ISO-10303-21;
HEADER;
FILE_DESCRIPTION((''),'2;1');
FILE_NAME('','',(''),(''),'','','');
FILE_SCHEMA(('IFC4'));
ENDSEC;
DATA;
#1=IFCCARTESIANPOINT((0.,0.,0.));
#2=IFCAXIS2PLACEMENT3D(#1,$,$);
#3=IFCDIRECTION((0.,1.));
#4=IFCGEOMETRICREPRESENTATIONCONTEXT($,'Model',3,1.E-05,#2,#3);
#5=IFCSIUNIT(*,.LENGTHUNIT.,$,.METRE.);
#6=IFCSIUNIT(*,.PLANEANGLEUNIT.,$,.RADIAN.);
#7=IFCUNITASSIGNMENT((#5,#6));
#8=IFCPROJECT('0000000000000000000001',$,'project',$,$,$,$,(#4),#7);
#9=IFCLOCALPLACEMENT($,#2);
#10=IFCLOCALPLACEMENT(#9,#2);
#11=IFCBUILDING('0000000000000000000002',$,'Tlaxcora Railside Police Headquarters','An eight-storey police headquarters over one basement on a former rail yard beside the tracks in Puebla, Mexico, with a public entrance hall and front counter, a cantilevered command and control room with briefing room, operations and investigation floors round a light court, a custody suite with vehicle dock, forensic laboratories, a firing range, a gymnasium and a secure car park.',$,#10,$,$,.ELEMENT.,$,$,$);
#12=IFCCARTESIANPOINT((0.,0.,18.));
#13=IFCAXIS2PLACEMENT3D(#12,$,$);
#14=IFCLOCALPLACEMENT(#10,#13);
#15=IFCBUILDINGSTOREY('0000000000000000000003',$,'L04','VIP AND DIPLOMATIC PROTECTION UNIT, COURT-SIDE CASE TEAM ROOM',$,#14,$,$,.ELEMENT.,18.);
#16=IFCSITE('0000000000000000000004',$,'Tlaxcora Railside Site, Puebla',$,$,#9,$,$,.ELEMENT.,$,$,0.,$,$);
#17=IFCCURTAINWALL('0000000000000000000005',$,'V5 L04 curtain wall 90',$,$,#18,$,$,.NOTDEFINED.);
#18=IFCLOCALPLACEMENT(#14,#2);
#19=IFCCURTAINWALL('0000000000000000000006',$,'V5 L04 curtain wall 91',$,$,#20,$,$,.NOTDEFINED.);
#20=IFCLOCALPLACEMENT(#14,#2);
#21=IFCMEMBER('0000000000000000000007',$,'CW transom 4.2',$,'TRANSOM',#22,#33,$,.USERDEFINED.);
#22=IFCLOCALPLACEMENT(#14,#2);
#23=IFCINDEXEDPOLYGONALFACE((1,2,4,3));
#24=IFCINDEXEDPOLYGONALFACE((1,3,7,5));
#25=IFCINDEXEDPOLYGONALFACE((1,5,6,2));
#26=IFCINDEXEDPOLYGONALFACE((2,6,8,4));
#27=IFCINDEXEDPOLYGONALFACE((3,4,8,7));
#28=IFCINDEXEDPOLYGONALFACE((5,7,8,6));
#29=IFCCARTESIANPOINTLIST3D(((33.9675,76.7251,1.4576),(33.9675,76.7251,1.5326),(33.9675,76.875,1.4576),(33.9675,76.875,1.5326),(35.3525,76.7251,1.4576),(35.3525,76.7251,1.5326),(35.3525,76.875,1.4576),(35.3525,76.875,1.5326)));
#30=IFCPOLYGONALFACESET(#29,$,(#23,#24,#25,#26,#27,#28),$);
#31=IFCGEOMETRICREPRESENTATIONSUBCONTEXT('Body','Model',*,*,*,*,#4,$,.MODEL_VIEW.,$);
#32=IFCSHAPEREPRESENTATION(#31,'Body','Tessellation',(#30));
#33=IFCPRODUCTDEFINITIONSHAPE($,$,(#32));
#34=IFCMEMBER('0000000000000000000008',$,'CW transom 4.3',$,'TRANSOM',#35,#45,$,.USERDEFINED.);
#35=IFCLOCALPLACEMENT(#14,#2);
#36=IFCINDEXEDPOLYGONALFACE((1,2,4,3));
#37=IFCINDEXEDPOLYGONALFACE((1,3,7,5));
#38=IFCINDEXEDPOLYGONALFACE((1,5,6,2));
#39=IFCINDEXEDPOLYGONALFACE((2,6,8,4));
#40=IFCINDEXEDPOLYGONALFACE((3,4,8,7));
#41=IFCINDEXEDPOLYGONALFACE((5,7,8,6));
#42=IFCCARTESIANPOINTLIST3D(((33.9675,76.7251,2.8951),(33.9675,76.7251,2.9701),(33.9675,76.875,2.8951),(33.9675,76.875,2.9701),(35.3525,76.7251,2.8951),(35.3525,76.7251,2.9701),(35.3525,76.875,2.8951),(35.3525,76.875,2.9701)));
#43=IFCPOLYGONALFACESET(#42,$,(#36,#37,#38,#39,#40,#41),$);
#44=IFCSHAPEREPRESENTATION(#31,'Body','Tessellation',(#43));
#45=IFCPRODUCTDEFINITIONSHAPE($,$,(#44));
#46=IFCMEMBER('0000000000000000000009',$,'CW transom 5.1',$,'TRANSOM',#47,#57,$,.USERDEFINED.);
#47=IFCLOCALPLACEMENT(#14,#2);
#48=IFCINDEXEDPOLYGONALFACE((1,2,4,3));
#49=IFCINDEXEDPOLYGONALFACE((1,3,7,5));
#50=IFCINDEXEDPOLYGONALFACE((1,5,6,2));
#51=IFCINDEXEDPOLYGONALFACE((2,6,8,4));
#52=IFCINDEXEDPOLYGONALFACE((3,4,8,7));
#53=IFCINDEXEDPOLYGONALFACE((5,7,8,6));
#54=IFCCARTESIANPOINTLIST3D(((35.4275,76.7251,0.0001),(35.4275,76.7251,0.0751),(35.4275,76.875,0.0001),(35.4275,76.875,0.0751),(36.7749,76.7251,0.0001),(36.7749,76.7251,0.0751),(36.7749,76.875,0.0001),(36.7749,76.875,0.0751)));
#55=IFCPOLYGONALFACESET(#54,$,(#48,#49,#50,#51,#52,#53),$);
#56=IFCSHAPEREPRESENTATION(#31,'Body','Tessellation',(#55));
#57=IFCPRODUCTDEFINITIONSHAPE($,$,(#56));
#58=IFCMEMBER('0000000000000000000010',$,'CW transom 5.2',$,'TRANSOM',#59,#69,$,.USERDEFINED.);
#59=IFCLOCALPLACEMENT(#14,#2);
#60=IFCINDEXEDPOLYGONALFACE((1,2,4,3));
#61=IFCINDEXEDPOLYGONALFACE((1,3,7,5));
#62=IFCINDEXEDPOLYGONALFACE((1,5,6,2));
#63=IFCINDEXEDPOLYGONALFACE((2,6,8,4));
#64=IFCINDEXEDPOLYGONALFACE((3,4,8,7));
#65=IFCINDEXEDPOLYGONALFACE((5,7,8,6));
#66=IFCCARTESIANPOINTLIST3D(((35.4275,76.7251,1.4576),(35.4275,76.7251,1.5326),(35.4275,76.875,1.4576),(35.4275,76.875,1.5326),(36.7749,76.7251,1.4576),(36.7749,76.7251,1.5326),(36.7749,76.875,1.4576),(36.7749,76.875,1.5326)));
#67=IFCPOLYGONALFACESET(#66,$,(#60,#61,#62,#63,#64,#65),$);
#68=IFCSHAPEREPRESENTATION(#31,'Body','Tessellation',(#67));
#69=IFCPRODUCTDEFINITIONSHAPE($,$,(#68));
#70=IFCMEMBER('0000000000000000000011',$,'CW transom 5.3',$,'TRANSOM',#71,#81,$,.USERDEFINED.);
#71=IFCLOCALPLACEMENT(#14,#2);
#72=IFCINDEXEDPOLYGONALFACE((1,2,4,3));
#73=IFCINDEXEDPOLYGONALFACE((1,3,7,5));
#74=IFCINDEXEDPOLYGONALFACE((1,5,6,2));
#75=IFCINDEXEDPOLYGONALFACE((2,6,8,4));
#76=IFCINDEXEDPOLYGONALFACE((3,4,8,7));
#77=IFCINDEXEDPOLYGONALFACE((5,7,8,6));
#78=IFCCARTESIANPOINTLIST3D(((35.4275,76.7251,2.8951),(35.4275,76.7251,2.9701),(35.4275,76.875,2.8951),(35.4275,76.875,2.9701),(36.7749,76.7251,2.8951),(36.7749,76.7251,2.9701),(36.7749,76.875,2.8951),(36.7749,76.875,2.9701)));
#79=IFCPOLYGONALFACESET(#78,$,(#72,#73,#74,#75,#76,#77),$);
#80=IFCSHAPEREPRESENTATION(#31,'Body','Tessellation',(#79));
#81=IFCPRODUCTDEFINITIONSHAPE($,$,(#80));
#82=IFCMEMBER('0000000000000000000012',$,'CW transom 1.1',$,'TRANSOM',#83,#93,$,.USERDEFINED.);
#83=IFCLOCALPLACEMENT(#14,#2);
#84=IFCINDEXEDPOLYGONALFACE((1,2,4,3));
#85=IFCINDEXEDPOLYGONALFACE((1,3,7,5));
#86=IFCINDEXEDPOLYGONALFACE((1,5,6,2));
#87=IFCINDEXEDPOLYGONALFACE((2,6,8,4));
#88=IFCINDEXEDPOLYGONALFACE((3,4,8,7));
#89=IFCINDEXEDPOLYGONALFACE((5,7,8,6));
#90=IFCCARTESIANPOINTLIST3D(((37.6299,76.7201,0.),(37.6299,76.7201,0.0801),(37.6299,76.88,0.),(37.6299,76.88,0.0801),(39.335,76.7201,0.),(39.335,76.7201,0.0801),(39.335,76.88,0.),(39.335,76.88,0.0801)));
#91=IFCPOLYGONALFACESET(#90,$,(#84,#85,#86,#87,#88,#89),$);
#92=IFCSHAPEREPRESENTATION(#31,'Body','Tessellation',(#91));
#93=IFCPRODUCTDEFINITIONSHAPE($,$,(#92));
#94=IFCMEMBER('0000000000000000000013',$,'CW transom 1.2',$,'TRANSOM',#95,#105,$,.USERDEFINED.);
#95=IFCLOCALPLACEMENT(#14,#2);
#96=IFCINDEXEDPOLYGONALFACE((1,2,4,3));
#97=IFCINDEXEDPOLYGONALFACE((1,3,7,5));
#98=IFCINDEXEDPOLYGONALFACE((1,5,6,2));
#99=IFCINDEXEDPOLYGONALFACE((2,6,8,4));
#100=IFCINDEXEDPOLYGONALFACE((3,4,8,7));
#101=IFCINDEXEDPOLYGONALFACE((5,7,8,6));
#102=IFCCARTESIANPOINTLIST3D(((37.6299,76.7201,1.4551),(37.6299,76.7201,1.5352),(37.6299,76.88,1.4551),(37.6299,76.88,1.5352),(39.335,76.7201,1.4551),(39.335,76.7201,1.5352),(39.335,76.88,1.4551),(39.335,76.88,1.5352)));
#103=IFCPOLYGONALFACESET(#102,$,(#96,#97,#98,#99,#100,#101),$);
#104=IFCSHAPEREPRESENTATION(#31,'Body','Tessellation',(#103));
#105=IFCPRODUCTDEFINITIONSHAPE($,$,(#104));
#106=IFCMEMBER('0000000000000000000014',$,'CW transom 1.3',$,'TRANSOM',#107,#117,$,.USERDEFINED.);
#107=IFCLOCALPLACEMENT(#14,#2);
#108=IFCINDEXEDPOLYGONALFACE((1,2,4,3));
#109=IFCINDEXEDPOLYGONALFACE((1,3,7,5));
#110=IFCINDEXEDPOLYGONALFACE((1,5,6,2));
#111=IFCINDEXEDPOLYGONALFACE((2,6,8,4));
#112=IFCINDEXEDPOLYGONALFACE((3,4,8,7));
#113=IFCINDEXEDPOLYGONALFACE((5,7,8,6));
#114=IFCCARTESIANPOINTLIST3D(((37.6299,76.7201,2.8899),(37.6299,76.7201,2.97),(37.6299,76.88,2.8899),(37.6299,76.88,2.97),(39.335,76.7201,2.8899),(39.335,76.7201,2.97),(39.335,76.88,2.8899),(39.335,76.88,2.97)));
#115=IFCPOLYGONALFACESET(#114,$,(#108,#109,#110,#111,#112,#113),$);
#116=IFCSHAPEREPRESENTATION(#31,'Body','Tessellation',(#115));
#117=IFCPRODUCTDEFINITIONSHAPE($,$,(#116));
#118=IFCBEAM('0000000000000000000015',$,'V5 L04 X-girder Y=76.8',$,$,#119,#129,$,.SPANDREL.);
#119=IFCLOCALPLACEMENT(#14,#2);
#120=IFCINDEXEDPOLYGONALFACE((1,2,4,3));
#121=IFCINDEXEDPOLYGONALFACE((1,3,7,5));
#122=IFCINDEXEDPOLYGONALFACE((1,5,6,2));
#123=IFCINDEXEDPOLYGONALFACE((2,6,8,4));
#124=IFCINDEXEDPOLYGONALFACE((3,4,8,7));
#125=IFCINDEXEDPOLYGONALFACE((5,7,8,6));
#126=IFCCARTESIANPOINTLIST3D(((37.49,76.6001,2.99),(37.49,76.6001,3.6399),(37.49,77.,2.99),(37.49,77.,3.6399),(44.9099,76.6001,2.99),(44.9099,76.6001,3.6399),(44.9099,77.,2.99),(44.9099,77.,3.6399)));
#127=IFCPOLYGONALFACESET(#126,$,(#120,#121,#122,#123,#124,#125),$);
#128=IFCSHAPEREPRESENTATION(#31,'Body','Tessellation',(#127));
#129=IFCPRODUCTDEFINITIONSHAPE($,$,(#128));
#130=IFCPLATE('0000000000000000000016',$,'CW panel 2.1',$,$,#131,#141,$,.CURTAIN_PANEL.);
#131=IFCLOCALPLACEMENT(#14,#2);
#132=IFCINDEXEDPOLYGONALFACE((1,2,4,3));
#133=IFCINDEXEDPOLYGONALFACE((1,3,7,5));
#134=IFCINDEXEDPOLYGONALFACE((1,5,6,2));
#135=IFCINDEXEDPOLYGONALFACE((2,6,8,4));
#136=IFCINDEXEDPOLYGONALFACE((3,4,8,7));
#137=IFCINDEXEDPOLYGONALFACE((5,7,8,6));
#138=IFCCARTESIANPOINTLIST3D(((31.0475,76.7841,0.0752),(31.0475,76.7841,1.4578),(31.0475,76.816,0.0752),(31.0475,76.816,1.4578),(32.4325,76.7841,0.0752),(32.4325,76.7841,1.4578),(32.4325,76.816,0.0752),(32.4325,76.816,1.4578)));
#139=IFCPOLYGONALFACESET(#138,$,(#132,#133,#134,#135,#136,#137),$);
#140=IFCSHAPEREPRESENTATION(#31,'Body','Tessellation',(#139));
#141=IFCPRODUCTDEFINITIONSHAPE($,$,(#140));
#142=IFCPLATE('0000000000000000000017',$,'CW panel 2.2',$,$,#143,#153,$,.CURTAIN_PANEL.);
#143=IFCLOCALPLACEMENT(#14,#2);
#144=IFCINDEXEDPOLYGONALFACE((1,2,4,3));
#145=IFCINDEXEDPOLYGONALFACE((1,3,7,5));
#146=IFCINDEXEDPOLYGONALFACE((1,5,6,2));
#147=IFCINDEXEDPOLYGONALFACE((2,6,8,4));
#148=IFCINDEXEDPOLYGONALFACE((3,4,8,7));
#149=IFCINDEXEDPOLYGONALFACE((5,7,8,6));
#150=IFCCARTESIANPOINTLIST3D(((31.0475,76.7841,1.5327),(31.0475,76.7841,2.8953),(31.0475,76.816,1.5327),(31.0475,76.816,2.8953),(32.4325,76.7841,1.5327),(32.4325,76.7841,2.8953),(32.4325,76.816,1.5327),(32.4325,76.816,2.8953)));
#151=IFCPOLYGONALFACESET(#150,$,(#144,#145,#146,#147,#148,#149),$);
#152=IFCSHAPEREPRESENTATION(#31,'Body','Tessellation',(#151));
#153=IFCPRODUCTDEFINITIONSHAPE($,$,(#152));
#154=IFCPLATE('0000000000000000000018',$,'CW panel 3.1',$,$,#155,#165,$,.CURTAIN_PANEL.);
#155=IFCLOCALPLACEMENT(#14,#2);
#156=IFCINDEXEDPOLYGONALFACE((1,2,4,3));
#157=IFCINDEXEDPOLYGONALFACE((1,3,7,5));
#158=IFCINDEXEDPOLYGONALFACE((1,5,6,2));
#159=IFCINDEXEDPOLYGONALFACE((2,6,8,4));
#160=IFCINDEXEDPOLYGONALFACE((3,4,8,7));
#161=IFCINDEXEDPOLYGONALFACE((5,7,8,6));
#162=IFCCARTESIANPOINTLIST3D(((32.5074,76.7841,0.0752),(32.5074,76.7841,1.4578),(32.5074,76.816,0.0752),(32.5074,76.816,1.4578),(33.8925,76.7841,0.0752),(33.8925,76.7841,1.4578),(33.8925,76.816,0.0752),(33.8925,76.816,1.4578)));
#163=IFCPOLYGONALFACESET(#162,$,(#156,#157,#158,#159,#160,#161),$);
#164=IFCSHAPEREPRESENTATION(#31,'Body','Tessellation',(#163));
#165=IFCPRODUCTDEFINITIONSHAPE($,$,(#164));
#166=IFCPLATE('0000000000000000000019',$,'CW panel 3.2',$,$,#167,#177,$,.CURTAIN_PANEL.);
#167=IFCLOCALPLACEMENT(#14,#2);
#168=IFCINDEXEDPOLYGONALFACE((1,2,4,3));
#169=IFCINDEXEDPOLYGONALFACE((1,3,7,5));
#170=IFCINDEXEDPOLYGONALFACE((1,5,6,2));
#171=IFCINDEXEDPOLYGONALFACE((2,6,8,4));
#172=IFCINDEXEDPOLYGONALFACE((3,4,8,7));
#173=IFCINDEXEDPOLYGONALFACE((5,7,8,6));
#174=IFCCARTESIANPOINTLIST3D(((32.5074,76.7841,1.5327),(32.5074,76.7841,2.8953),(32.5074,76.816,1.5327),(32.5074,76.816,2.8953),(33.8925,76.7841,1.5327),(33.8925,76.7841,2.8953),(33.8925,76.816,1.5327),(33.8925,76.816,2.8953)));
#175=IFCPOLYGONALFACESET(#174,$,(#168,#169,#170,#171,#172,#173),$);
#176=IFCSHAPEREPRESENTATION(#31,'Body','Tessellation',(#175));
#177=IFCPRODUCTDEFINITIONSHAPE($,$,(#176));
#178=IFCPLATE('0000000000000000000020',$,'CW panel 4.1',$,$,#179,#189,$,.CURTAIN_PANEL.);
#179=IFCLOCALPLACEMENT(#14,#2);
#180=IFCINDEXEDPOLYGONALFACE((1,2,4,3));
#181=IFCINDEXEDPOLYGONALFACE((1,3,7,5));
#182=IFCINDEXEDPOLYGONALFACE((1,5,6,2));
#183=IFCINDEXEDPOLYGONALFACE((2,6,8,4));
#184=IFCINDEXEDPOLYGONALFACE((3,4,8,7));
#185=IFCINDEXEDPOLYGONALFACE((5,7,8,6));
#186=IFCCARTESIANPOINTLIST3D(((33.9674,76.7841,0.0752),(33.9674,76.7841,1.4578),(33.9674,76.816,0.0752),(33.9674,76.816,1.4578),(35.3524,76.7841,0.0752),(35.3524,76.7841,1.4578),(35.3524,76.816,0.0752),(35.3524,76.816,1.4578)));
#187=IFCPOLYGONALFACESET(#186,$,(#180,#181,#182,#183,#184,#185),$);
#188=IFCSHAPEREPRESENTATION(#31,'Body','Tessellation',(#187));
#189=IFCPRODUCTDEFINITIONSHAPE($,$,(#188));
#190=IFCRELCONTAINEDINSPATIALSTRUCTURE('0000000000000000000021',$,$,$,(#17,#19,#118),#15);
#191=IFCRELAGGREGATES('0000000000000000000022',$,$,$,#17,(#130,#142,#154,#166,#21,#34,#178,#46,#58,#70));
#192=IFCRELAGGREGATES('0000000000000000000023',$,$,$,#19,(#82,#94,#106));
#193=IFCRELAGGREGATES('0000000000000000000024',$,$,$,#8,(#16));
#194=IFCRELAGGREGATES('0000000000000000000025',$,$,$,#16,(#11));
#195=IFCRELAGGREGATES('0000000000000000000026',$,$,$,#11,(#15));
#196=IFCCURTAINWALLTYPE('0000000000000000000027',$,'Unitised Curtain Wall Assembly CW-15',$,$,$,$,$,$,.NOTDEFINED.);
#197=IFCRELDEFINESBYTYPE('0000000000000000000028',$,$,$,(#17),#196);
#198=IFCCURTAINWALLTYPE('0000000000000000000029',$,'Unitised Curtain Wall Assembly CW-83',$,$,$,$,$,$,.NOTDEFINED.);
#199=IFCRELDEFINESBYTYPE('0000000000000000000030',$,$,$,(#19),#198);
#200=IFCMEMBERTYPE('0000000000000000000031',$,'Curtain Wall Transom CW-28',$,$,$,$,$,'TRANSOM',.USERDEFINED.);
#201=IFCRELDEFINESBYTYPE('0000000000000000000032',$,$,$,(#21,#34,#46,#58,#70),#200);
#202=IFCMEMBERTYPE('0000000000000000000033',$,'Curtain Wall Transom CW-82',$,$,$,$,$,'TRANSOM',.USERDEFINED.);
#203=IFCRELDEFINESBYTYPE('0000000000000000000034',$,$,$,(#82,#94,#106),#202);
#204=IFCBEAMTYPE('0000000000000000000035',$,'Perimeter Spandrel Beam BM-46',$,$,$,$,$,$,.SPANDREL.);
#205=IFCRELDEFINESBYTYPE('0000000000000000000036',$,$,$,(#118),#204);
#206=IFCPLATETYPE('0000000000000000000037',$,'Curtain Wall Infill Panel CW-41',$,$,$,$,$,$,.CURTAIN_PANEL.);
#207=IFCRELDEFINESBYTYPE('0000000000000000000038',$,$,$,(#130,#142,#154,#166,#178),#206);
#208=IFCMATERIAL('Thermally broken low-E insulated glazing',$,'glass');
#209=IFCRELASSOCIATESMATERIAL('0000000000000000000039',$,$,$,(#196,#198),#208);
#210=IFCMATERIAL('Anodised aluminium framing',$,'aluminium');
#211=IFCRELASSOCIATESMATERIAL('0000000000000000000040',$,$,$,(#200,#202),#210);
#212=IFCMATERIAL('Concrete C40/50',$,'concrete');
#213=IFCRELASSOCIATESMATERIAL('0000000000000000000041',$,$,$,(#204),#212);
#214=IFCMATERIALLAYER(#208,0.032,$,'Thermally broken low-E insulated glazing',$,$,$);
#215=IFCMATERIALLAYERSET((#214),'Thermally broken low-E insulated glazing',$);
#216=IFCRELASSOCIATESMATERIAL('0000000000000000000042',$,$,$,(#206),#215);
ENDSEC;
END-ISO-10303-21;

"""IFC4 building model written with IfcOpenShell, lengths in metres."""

from ifc_helpers import new_model, si_unit, direction, frame, origin, origin_2d, place, context, subcontext, project, spatial, rectangle, extrude, material, layer, layer_set, material_profile, profile_set, type_object, element, aggregate, save


model = new_model("IFC4")

# Units and contexts
model_context = context("Model", 3, precision=1e-05, world=origin(), true_north=direction((0.0, 1.0)))
body_context = subcontext(model_context, "Body", "Model", "MODEL_VIEW")
ifc_project = project(units=[si_unit("LENGTHUNIT", "METRE"), si_unit("PLANEANGLEUNIT", "RADIAN")], contexts=[model_context])

# Site, building, storey
site_placement = place(None, origin())
site = spatial("IfcSite", under=ifc_project, at=site_placement, Name="Tlaxcora Railside Site, Puebla", CompositionType="ELEMENT", RefElevation=0.0)
building_placement = place(site_placement, origin())
building = spatial("IfcBuilding", under=site, at=building_placement, Name="Tlaxcora Railside Police Headquarters", Description="An eight-storey police headquarters over one basement on a former rail yard beside the tracks in Puebla, Mexico, with a public entrance hall and front counter, a cantilevered command and control room with briefing room, operations and investigation floors round a light court, a custody suite with vehicle dock, forensic laboratories, a firing range, a gymnasium and a secure car park.", CompositionType="ELEMENT")
storey_placement = place(building_placement, frame((0.0, 0.0, 18.0)))
storey = spatial("IfcBuildingStorey", under=building, at=storey_placement, Name="L04", Description="VIP AND DIPLOMATIC PROTECTION UNIT, COURT-SIDE CASE TEAM ROOM", CompositionType="ELEMENT", Elevation=18.0)

# Shared definitions
ifc_material_1 = material(Name="Concrete C40/50", Category="concrete")

# Curtain wall
ifc_material_2 = material(Name="Thermally broken low-E insulated glazing", Category="glass")
curtain_wall_type_1 = type_object("IfcCurtainWallType", Name="Unitised Curtain Wall Assembly CW-15", PredefinedType="NOTDEFINED", material=ifc_material_2)
curtain_wall_1_placement = place(storey_placement, origin())
curtain_wall_1 = element("IfcCurtainWall", 1, at=curtain_wall_1_placement, inside=storey, type_object=curtain_wall_type_1, Name="V5 L04 curtain wall 90", PredefinedType="NOTDEFINED")
ifc_material_3 = material(Name="Anodised aluminium framing", Category="aluminium")

# Curtain wall
curtain_wall_type_2 = type_object("IfcCurtainWallType", Name="Unitised Curtain Wall Assembly CW-83", PredefinedType="NOTDEFINED", material=ifc_material_2)
curtain_wall_2_placement = place(storey_placement, origin())
curtain_wall_2 = element("IfcCurtainWall", 2, at=curtain_wall_2_placement, inside=storey, type_object=curtain_wall_type_2, Name="V5 L04 curtain wall 91", PredefinedType="NOTDEFINED")

# Members
ifc_material_profile_1 = material_profile(ifc_material_3, rectangle(XDim=0.1499, YDim=0.075, at=origin_2d()), Name="AL75X150")
ifc_profile_set_1 = profile_set([ifc_material_profile_1], Name="Anodised aluminium framing")
member_type_1 = type_object("IfcMemberType", Name="Curtain Wall Transom CW-28", ElementType="TRANSOM", PredefinedType="USERDEFINED", material=ifc_profile_set_1)
member_1_placement = place(storey_placement, frame((33.9675, 76.8, 1.4951), z_axis=(1.0, 0.0, 0.0), x_axis=(0.0, 1.0, 0.0)))
member_1 = element("IfcMember", 3, at=member_1_placement, type_object=member_type_1, Name="CW transom 4.2", ObjectType="TRANSOM", PredefinedType="USERDEFINED", context=body_context, shape_type="SweptSolid", body=[
    extrude(rectangle(XDim=0.1499, YDim=0.075, at=origin_2d()), origin(), (0.0, 0.0, 1.0), 1.385),
])
member_2_placement = place(storey_placement, frame((33.9675, 76.8, 2.9326), z_axis=(1.0, 0.0, 0.0), x_axis=(0.0, 1.0, 0.0)))
member_2 = element("IfcMember", 4, at=member_2_placement, type_object=member_type_1, Name="CW transom 4.3", ObjectType="TRANSOM", PredefinedType="USERDEFINED", context=body_context, shape_type="SweptSolid", body=[
    extrude(rectangle(XDim=0.1499, YDim=0.075, at=origin_2d()), origin(), (0.0, 0.0, 1.0), 1.385),
])
member_3_placement = place(storey_placement, frame((35.4275, 76.8, 0.0376), z_axis=(1.0, 0.0, 0.0), x_axis=(0.0, 1.0, 0.0)))
member_3 = element("IfcMember", 5, at=member_3_placement, type_object=member_type_1, Name="CW transom 5.1", ObjectType="TRANSOM", PredefinedType="USERDEFINED", context=body_context, shape_type="SweptSolid", body=[
    extrude(rectangle(XDim=0.1499, YDim=0.075, at=origin_2d()), origin(), (0.0, 0.0, 1.0), 1.3474),
])
member_4_placement = place(storey_placement, frame((35.4275, 76.8, 1.4951), z_axis=(1.0, 0.0, 0.0), x_axis=(0.0, 1.0, 0.0)))
member_4 = element("IfcMember", 6, at=member_4_placement, type_object=member_type_1, Name="CW transom 5.2", ObjectType="TRANSOM", PredefinedType="USERDEFINED", context=body_context, shape_type="SweptSolid", body=[
    extrude(rectangle(XDim=0.1499, YDim=0.075, at=origin_2d()), origin(), (0.0, 0.0, 1.0), 1.3474),
])
member_5_placement = place(storey_placement, frame((35.4275, 76.8, 2.9326), z_axis=(1.0, 0.0, 0.0), x_axis=(0.0, 1.0, 0.0)))
member_5 = element("IfcMember", 7, at=member_5_placement, type_object=member_type_1, Name="CW transom 5.3", ObjectType="TRANSOM", PredefinedType="USERDEFINED", context=body_context, shape_type="SweptSolid", body=[
    extrude(rectangle(XDim=0.1499, YDim=0.075, at=origin_2d()), origin(), (0.0, 0.0, 1.0), 1.3474),
])
ifc_material_profile_2 = material_profile(ifc_material_3, rectangle(XDim=0.1599, YDim=0.0801, at=origin_2d()), Name="AL80X160")
ifc_profile_set_2 = profile_set([ifc_material_profile_2], Name="Anodised aluminium framing")
member_type_2 = type_object("IfcMemberType", Name="Curtain Wall Transom CW-82", ElementType="TRANSOM", PredefinedType="USERDEFINED", material=ifc_profile_set_2)
member_6_placement = place(storey_placement, frame((37.6299, 76.8, 0.04), z_axis=(1.0, 0.0, 0.0), x_axis=(0.0, 1.0, 0.0)))
member_6 = element("IfcMember", 8, at=member_6_placement, type_object=member_type_2, Name="CW transom 1.1", ObjectType="TRANSOM", PredefinedType="USERDEFINED", context=body_context, shape_type="SweptSolid", body=[
    extrude(rectangle(XDim=0.1599, YDim=0.0801, at=origin_2d()), origin(), (0.0, 0.0, 1.0), 1.7051),
])
member_7_placement = place(storey_placement, frame((37.6299, 76.8, 1.4951), z_axis=(1.0, 0.0, 0.0), x_axis=(0.0, 1.0, 0.0)))
member_7 = element("IfcMember", 9, at=member_7_placement, type_object=member_type_2, Name="CW transom 1.2", ObjectType="TRANSOM", PredefinedType="USERDEFINED", context=body_context, shape_type="SweptSolid", body=[
    extrude(rectangle(XDim=0.1599, YDim=0.0801, at=origin_2d()), origin(), (0.0, 0.0, 1.0), 1.7051),
])
member_8_placement = place(storey_placement, frame((37.6299, 76.8, 2.9299), z_axis=(1.0, 0.0, 0.0), x_axis=(0.0, 1.0, 0.0)))
member_8 = element("IfcMember", 10, at=member_8_placement, type_object=member_type_2, Name="CW transom 1.3", ObjectType="TRANSOM", PredefinedType="USERDEFINED", context=body_context, shape_type="SweptSolid", body=[
    extrude(rectangle(XDim=0.1599, YDim=0.0801, at=origin_2d()), origin(), (0.0, 0.0, 1.0), 1.7051),
])

# Beam
ifc_material_profile_3 = material_profile(ifc_material_1, rectangle(XDim=0.3999, YDim=0.6499, at=origin_2d()), Name="RC400X650")
ifc_profile_set_3 = profile_set([ifc_material_profile_3], Name="Concrete C40/50")
beam_type = type_object("IfcBeamType", Name="Perimeter Spandrel Beam BM-46", PredefinedType="SPANDREL", material=ifc_profile_set_3)
beam_placement = place(storey_placement, frame((37.49, 76.8, 3.3149), z_axis=(1.0, 0.0, 0.0), x_axis=(0.0, 1.0, 0.0)))
element("IfcBeam", 11, at=beam_placement, inside=storey, type_object=beam_type, Name="V5 L04 X-girder Y=76.8", PredefinedType="SPANDREL", context=body_context, shape_type="SweptSolid", body=[
    extrude(rectangle(XDim=0.3999, YDim=0.6499, at=origin_2d()), origin(), (0.0, 0.0, 1.0), 7.4199),
])

# Plates
ifc_layer_1 = layer(ifc_material_2, 0.032, Name="Thermally broken low-E insulated glazing")
ifc_layer_set_1 = layer_set([ifc_layer_1], Name="Thermally broken low-E insulated glazing")
plate_type_1 = type_object("IfcPlateType", Name="Curtain Wall Infill Panel CW-41", PredefinedType="CURTAIN_PANEL", material=ifc_layer_set_1)
plate_1_placement = place(storey_placement, frame((31.74, 76.8, 0.0752), z_axis=(0.0, 0.0, 1.0), x_axis=(1.0, 0.0, 0.0)))
plate_1 = element("IfcPlate", 12, at=plate_1_placement, type_object=plate_type_1, Name="CW panel 2.1", PredefinedType="CURTAIN_PANEL", context=body_context, shape_type="SweptSolid", body=[
    extrude(rectangle(XDim=1.385, YDim=0.032, at=origin_2d()), origin(), (0.0, 0.0, 1.0), 1.3826),
])
plate_2_placement = place(storey_placement, frame((31.74, 76.8, 1.5327), z_axis=(0.0, 0.0, 1.0), x_axis=(1.0, 0.0, 0.0)))
plate_2 = element("IfcPlate", 13, at=plate_2_placement, type_object=plate_type_1, Name="CW panel 2.2", PredefinedType="CURTAIN_PANEL", context=body_context, shape_type="SweptSolid", body=[
    extrude(rectangle(XDim=1.385, YDim=0.032, at=origin_2d()), origin(), (0.0, 0.0, 1.0), 1.3625),
])
plate_3_placement = place(storey_placement, frame((33.2, 76.8, 0.0752), z_axis=(0.0, 0.0, 1.0), x_axis=(1.0, 0.0, 0.0)))
plate_3 = element("IfcPlate", 14, at=plate_3_placement, type_object=plate_type_1, Name="CW panel 3.1", PredefinedType="CURTAIN_PANEL", context=body_context, shape_type="SweptSolid", body=[
    extrude(rectangle(XDim=1.385, YDim=0.032, at=origin_2d()), origin(), (0.0, 0.0, 1.0), 1.3826),
])
plate_4_placement = place(storey_placement, frame((33.2, 76.8, 1.5327), z_axis=(0.0, 0.0, 1.0), x_axis=(1.0, 0.0, 0.0)))
plate_4 = element("IfcPlate", 15, at=plate_4_placement, type_object=plate_type_1, Name="CW panel 3.2", PredefinedType="CURTAIN_PANEL", context=body_context, shape_type="SweptSolid", body=[
    extrude(rectangle(XDim=1.385, YDim=0.032, at=origin_2d()), origin(), (0.0, 0.0, 1.0), 1.3625),
])
plate_5_placement = place(storey_placement, frame((34.6599, 76.8, 0.0752), z_axis=(0.0, 0.0, 1.0), x_axis=(1.0, 0.0, 0.0)))
plate_5 = element("IfcPlate", 16, at=plate_5_placement, type_object=plate_type_1, Name="CW panel 4.1", PredefinedType="CURTAIN_PANEL", context=body_context, shape_type="SweptSolid", body=[
    extrude(rectangle(XDim=1.385, YDim=0.032, at=origin_2d()), origin(), (0.0, 0.0, 1.0), 1.3826),
])
aggregate(curtain_wall_1, [plate_1, plate_2, plate_3, plate_4, member_1, member_2, plate_5, member_3, member_4, member_5])
aggregate(curtain_wall_2, [member_6, member_7, member_8])

save(model, "model.ifc")
